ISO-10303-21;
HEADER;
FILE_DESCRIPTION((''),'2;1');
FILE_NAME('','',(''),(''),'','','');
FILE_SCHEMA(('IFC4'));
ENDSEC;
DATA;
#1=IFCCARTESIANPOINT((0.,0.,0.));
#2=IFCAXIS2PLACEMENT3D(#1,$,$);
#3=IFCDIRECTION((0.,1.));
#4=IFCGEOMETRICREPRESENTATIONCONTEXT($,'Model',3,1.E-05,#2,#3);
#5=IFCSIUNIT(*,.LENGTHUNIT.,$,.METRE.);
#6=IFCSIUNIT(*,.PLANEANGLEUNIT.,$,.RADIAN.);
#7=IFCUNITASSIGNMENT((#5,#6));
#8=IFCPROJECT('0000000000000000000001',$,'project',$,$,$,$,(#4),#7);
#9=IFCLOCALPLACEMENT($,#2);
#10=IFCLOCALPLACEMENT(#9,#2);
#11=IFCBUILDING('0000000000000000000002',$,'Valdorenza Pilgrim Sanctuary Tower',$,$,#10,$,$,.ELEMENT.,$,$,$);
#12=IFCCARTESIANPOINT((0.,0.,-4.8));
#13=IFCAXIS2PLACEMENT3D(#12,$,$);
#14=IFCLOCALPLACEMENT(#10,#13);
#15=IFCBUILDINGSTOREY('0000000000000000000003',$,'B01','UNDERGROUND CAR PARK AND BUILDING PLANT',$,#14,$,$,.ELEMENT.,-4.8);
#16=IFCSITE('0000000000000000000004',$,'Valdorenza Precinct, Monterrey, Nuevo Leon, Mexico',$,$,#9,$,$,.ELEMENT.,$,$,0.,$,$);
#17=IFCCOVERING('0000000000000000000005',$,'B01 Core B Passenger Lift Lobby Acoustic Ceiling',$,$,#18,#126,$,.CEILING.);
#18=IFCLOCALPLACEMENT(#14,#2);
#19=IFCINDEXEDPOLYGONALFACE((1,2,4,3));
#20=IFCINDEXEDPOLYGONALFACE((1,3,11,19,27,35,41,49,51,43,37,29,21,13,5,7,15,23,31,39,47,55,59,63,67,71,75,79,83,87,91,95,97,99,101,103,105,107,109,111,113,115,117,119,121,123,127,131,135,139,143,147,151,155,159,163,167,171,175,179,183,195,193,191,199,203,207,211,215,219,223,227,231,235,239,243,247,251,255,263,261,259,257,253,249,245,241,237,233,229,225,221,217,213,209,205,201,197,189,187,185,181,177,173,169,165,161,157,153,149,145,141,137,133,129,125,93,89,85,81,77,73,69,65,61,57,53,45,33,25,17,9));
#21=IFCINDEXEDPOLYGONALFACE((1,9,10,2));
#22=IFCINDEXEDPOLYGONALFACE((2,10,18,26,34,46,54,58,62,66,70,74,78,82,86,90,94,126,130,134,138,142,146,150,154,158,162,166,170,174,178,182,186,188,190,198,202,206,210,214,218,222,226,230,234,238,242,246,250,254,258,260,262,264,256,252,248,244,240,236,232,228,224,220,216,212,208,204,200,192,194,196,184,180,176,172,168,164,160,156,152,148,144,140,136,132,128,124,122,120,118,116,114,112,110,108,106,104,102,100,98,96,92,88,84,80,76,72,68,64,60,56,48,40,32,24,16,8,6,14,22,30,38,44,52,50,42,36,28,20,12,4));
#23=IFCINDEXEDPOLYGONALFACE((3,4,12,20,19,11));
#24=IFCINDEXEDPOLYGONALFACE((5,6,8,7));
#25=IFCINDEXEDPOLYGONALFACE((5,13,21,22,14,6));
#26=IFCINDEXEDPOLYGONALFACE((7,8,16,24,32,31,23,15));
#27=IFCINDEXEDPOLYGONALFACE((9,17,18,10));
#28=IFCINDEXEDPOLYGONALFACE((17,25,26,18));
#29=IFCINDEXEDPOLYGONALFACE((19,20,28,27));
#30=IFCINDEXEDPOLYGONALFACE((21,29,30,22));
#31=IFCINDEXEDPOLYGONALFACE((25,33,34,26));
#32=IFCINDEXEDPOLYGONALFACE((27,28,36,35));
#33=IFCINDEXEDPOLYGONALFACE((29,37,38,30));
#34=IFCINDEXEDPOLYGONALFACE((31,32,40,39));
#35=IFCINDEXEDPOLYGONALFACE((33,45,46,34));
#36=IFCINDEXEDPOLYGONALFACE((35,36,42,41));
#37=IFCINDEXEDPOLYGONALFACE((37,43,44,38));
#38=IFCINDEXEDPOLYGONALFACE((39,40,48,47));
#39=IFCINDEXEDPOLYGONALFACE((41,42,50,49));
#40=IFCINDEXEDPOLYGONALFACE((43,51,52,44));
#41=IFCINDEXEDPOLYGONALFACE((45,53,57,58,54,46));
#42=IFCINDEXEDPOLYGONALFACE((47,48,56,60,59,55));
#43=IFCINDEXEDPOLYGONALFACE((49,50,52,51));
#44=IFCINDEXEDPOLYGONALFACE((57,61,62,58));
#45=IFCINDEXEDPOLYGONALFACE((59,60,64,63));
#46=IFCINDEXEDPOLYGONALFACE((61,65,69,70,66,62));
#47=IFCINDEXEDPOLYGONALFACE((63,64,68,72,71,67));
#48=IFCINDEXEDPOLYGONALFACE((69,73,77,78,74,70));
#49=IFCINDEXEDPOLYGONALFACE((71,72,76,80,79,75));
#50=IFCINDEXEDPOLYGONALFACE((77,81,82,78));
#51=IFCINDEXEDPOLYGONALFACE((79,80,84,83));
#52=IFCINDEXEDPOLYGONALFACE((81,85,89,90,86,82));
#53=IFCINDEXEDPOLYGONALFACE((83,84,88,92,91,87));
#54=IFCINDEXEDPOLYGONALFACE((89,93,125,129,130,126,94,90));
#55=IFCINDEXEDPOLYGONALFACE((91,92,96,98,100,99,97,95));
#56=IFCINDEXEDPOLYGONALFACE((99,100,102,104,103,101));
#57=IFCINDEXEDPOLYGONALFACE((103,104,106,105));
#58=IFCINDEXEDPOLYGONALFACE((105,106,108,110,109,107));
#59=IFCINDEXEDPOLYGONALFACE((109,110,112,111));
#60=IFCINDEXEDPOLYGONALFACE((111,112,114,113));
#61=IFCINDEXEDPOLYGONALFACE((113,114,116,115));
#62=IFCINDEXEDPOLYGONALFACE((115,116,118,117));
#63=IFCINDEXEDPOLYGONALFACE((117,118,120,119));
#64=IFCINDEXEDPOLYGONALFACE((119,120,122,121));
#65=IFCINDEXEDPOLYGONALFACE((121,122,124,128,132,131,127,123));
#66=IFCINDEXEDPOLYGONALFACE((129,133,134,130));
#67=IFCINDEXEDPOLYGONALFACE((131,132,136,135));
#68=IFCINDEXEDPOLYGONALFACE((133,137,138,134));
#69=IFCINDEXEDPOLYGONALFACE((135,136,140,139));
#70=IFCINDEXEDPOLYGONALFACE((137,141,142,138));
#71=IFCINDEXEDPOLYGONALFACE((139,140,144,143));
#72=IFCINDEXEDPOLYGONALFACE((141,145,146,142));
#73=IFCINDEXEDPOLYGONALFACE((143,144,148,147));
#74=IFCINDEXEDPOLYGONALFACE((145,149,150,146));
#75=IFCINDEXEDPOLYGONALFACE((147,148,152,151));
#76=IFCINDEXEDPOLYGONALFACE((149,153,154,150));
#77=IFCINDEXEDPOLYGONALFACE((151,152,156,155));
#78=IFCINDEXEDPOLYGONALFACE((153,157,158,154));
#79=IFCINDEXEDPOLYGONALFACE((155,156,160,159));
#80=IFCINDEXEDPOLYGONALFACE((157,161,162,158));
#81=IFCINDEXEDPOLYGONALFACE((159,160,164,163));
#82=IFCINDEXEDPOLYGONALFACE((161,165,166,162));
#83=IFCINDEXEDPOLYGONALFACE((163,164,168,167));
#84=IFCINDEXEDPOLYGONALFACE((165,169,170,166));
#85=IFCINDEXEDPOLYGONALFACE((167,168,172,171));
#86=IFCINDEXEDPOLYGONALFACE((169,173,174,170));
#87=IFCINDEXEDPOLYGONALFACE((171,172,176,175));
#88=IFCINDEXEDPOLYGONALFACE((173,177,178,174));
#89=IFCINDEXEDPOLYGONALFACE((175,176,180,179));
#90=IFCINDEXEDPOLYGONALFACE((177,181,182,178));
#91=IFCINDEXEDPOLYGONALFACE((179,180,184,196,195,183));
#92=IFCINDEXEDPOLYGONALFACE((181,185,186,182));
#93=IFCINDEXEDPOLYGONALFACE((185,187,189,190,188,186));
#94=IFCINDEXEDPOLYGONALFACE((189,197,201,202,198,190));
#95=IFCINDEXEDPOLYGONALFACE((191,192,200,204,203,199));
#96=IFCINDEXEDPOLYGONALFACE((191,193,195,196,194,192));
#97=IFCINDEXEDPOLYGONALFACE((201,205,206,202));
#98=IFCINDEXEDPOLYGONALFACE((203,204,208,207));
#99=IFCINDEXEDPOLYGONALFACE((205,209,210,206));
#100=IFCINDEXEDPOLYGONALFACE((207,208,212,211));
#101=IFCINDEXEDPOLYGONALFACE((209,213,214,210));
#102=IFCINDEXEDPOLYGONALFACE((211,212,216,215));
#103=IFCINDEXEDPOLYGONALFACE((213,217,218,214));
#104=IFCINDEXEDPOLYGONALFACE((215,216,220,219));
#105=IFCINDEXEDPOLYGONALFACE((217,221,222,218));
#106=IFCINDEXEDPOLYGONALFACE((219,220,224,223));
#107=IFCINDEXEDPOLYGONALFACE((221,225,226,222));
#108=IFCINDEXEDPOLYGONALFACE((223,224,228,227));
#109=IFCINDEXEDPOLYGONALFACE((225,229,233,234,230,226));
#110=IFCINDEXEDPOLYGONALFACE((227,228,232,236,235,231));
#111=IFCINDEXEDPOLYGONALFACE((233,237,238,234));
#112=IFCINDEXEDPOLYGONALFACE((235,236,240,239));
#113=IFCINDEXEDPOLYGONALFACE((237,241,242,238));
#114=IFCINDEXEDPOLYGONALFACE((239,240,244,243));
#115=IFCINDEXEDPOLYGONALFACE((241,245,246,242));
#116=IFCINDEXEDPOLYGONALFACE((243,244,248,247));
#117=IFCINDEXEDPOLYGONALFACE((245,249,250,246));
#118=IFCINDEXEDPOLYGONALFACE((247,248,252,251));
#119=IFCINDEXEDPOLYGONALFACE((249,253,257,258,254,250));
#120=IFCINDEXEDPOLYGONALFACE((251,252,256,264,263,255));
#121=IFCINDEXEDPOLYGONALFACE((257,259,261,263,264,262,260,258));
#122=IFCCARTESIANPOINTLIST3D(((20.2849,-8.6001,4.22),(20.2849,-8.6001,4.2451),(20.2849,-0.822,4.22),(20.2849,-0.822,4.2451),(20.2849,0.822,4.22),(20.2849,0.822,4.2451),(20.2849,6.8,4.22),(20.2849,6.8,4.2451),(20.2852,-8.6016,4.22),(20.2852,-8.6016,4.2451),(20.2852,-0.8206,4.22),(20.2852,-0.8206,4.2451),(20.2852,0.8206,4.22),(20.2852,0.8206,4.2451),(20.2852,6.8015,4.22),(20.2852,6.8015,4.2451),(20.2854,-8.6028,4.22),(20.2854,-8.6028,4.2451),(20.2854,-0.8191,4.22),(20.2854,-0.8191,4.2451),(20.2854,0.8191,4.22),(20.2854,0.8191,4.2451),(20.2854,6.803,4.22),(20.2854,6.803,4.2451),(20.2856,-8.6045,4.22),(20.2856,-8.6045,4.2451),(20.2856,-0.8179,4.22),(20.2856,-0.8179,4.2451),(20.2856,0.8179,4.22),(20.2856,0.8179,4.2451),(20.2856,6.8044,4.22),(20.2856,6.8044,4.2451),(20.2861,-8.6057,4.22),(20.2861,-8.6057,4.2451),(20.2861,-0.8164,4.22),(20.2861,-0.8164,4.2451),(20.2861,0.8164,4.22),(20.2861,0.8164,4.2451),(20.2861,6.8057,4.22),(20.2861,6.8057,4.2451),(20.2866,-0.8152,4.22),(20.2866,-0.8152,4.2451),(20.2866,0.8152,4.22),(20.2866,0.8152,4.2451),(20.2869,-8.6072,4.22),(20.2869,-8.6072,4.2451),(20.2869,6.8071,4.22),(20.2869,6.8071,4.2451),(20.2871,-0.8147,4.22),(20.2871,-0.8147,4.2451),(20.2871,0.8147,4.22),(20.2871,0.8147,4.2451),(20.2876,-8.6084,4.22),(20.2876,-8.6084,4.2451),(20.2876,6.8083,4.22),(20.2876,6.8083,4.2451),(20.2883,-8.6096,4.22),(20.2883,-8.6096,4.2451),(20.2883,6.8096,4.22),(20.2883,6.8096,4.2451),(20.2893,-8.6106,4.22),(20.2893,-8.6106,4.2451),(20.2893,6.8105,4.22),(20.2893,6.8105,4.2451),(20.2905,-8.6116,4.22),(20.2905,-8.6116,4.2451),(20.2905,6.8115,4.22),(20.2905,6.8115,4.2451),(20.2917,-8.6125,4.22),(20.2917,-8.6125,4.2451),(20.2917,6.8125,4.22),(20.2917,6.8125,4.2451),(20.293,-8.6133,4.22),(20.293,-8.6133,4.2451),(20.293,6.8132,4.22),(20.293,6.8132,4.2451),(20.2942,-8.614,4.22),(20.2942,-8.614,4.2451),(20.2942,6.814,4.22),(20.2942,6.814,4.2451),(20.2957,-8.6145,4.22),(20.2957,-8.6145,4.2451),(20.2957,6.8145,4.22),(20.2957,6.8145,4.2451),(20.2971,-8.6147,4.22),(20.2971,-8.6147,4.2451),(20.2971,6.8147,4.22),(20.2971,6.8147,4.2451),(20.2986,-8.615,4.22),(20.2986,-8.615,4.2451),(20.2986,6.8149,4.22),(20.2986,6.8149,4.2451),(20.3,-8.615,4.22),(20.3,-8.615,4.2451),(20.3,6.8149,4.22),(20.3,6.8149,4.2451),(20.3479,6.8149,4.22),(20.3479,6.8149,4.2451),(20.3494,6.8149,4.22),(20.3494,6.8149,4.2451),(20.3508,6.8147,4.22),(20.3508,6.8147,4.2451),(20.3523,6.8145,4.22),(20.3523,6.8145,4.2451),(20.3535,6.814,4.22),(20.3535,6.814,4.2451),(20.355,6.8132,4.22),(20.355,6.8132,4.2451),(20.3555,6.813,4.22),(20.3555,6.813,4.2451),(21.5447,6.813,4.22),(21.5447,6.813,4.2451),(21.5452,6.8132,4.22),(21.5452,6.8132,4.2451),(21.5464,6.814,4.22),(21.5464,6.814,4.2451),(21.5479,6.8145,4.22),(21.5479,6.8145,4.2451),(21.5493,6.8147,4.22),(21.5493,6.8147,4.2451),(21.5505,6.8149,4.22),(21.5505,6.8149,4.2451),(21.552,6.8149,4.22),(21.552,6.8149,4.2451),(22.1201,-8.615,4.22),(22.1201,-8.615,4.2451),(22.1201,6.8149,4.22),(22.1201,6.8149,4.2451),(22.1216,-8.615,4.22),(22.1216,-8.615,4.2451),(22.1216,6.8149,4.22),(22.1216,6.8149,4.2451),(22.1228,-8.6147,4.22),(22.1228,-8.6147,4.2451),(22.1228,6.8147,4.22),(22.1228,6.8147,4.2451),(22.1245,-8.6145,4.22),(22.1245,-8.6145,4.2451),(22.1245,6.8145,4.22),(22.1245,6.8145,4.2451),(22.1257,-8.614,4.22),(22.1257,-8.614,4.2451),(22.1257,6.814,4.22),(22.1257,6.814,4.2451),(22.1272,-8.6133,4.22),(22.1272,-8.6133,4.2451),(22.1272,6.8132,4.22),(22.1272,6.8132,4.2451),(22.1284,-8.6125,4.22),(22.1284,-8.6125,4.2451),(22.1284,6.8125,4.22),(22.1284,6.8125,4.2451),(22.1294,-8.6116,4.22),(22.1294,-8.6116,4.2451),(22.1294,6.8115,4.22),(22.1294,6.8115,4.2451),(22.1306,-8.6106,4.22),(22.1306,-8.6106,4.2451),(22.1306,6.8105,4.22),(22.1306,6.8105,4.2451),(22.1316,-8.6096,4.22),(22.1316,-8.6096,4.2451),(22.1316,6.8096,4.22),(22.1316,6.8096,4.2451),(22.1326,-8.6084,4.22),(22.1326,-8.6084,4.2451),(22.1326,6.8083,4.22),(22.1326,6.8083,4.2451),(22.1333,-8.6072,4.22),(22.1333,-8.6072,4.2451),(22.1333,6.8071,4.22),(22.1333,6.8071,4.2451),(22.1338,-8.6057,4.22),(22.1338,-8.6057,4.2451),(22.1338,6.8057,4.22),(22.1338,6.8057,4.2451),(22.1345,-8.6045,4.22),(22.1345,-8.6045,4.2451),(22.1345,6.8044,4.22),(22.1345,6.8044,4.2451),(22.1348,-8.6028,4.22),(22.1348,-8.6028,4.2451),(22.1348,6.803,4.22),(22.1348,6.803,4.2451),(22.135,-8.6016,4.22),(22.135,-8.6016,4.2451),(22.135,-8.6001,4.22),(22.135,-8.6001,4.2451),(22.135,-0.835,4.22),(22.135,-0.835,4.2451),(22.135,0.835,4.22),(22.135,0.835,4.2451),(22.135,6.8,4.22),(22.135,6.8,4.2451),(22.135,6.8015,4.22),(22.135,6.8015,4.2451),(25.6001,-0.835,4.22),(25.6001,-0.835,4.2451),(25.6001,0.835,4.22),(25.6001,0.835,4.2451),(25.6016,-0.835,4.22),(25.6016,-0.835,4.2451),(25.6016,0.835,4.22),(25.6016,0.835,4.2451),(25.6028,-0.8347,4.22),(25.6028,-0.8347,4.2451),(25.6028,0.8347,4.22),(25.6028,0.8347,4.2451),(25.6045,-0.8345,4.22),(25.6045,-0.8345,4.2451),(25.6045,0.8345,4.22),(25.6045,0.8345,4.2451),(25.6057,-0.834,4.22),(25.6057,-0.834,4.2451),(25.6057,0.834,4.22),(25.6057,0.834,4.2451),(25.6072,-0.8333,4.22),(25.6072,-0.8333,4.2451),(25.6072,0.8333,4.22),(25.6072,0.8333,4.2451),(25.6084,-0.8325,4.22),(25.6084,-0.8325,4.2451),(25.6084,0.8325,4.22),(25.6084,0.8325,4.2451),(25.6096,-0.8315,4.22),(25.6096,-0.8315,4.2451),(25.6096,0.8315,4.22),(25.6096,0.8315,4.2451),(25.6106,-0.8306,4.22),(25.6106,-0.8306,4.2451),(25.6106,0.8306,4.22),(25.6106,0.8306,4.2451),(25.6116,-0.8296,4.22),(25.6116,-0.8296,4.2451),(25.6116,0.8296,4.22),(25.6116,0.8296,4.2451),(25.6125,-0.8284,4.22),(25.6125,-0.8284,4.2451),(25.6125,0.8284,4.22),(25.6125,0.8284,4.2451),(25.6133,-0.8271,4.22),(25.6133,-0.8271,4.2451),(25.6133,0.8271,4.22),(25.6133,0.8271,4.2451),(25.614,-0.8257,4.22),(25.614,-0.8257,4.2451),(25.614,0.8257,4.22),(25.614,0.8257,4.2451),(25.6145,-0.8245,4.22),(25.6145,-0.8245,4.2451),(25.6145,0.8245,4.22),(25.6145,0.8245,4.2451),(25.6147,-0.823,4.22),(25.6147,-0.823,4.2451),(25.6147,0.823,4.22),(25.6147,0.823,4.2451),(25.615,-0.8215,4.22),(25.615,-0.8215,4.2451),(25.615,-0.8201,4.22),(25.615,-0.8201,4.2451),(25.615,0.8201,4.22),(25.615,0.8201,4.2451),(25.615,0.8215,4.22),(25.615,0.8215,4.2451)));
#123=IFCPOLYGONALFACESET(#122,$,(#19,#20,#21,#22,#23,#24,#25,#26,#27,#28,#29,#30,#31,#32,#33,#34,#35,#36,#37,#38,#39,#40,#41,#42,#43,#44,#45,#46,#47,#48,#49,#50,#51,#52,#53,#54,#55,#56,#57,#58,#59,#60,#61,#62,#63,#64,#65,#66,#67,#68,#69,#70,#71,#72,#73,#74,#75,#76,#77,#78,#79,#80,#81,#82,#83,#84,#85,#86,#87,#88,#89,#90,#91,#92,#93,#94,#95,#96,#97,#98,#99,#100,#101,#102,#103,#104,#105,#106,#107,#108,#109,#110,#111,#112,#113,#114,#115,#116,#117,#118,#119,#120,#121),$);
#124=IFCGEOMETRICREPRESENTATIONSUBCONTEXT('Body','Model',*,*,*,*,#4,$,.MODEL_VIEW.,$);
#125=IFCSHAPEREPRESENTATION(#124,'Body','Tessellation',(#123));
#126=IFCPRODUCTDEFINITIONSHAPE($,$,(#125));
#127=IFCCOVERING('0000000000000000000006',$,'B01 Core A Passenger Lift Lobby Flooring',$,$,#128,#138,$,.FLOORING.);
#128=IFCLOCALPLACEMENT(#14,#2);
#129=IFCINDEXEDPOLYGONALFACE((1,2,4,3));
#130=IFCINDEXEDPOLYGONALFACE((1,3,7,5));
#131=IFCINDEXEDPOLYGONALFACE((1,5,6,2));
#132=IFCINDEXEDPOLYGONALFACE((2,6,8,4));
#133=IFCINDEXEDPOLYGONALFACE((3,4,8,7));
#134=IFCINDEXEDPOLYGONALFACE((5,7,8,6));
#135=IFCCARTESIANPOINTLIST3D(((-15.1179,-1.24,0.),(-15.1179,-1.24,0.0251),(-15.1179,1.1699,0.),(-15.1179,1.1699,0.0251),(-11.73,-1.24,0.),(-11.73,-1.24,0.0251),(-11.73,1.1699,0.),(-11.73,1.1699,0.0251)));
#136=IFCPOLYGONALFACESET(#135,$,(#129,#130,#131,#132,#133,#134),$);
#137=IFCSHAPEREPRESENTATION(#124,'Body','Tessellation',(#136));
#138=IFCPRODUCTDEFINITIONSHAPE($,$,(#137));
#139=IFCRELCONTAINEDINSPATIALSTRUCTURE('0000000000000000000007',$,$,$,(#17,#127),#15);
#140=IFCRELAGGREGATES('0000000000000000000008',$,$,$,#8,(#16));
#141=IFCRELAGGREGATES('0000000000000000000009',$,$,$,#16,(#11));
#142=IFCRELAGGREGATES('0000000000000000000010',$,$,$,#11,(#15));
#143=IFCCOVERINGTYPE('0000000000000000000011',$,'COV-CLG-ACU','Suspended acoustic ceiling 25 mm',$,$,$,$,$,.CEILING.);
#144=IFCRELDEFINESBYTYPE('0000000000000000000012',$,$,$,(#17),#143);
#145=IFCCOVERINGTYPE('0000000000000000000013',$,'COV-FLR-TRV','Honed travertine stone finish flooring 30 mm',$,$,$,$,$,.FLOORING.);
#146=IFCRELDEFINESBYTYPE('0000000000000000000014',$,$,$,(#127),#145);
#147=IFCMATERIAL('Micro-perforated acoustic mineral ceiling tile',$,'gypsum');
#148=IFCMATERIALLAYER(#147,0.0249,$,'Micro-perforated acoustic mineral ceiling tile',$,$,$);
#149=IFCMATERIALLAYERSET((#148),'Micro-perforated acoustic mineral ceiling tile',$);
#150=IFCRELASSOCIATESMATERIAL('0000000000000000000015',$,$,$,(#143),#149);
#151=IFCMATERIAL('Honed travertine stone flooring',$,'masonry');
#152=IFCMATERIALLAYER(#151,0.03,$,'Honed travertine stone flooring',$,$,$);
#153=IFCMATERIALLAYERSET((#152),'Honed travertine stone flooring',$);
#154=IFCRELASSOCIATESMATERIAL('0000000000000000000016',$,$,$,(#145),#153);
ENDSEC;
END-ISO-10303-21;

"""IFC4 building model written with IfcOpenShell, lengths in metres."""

from ifc_helpers import new_model, si_unit, direction, frame, origin, place, context, subcontext, project, spatial, polyline, outline, extrude, material, layer, layer_set, type_object, element, save


model = new_model("IFC4")

# Units and contexts
model_context = context("Model", 3, precision=1e-05, world=origin(), true_north=direction((0.0, 1.0)))
body_context = subcontext(model_context, "Body", "Model", "MODEL_VIEW")
ifc_project = project(units=[si_unit("LENGTHUNIT", "METRE"), si_unit("PLANEANGLEUNIT", "RADIAN")], contexts=[model_context])

# Site, building, storey
site_placement = place(None, origin())
site = spatial("IfcSite", under=ifc_project, at=site_placement, Name="Valdorenza Precinct, Monterrey, Nuevo Leon, Mexico", CompositionType="ELEMENT", RefElevation=0.0)
building_placement = place(site_placement, origin())
building = spatial("IfcBuilding", under=site, at=building_placement, Name="Valdorenza Pilgrim Sanctuary Tower", CompositionType="ELEMENT")
storey_placement = place(building_placement, frame((0.0, 0.0, -4.8)))
storey = spatial("IfcBuildingStorey", under=building, at=storey_placement, Name="B01", Description="UNDERGROUND CAR PARK AND BUILDING PLANT", CompositionType="ELEMENT", Elevation=-4.8)

# Coverings
ifc_material_1 = material(Name="Micro-perforated acoustic mineral ceiling tile", Category="gypsum")
ifc_layer_1 = layer(ifc_material_1, 0.0249, Name="Micro-perforated acoustic mineral ceiling tile")
ifc_layer_set_1 = layer_set([ifc_layer_1], Name="Micro-perforated acoustic mineral ceiling tile")
covering_type_1 = type_object("IfcCoveringType", Name="COV-CLG-ACU", Description="Suspended acoustic ceiling 25 mm", PredefinedType="CEILING", material=ifc_layer_set_1)
covering_1_placement = place(storey_placement, frame((0.0, 0.0, 4.22)))
element("IfcCovering", 1, at=covering_1_placement, inside=storey, type_object=covering_type_1, Name="B01 Core B Passenger Lift Lobby Acoustic Ceiling", PredefinedType="CEILING", context=body_context, shape_type="SweptSolid", body=[
    extrude(outline(polyline([(20.2871, -0.8147), (20.2871, 0.8147), (20.2866, 0.8152), (20.2861, 0.8164), (20.2856, 0.8179), (20.2854, 0.8191), (20.2852, 0.8206), (20.2849, 0.822), (20.2849, 6.8), (20.2852, 6.8015), (20.2854, 6.803), (20.2856, 6.8044), (20.2861, 6.8057), (20.2869, 6.8071), (20.2876, 6.8083), (20.2883, 6.8096), (20.2893, 6.8105), (20.2905, 6.8115), (20.2917, 6.8125), (20.293, 6.8132), (20.2942, 6.814), (20.2957, 6.8145), (20.2971, 6.8147), (20.2986, 6.8149), (20.3, 6.8149), (20.3479, 6.8149), (20.3494, 6.8149), (20.3508, 6.8147), (20.3523, 6.8145), (20.3535, 6.814), (20.355, 6.8132), (20.3555, 6.813), (21.5447, 6.813), (21.5452, 6.8132), (21.5464, 6.814), (21.5479, 6.8145), (21.5493, 6.8147), (21.5505, 6.8149), (21.552, 6.8149), (22.1201, 6.8149), (22.1216, 6.8149), (22.1228, 6.8147), (22.1245, 6.8145), (22.1257, 6.814), (22.1272, 6.8132), (22.1284, 6.8125), (22.1294, 6.8115), (22.1306, 6.8105), (22.1316, 6.8096), (22.1326, 6.8083), (22.1333, 6.8071), (22.1338, 6.8057), (22.1345, 6.8044), (22.1348, 6.803), (22.135, 6.8015), (22.135, 6.8), (22.135, 0.835), (25.6001, 0.835), (25.6016, 0.835), (25.6028, 0.8347), (25.6045, 0.8345), (25.6057, 0.834), (25.6072, 0.8333), (25.6084, 0.8325), (25.6096, 0.8315), (25.6106, 0.8306), (25.6116, 0.8296), (25.6125, 0.8284), (25.6133, 0.8271), (25.614, 0.8257), (25.6145, 0.8245), (25.6147, 0.823), (25.615, 0.8215), (25.615, 0.8201), (25.615, -0.8201), (25.615, -0.8215), (25.6147, -0.823), (25.6145, -0.8245), (25.614, -0.8257), (25.6133, -0.8271), (25.6125, -0.8284), (25.6116, -0.8296), (25.6106, -0.8306), (25.6096, -0.8315), (25.6084, -0.8325), (25.6072, -0.8333), (25.6057, -0.834), (25.6045, -0.8345), (25.6028, -0.8347), (25.6016, -0.835), (25.6001, -0.835), (22.135, -0.835), (22.135, -8.6001), (22.135, -8.6016), (22.1348, -8.6028), (22.1345, -8.6045), (22.1338, -8.6057), (22.1333, -8.6072), (22.1326, -8.6084), (22.1316, -8.6096), (22.1306, -8.6106), (22.1294, -8.6116), (22.1284, -8.6125), (22.1272, -8.6133), (22.1257, -8.614), (22.1245, -8.6145), (22.1228, -8.6147), (22.1216, -8.615), (22.1201, -8.615), (20.3, -8.615), (20.2986, -8.615), (20.2971, -8.6147), (20.2957, -8.6145), (20.2942, -8.614), (20.293, -8.6133), (20.2917, -8.6125), (20.2905, -8.6116), (20.2893, -8.6106), (20.2883, -8.6096), (20.2876, -8.6084), (20.2869, -8.6072), (20.2861, -8.6057), (20.2856, -8.6045), (20.2854, -8.6028), (20.2852, -8.6016), (20.2849, -8.6001), (20.2849, -0.822), (20.2852, -0.8206), (20.2854, -0.8191), (20.2856, -0.8179), (20.2861, -0.8164), (20.2866, -0.8152), (20.2871, -0.8147)])), origin(), (0.0, 0.0, 1.0), 0.0251),
])
ifc_material_2 = material(Name="Honed travertine stone flooring", Category="masonry")
ifc_layer_2 = layer(ifc_material_2, 0.03, Name="Honed travertine stone flooring")
ifc_layer_set_2 = layer_set([ifc_layer_2], Name="Honed travertine stone flooring")
covering_type_2 = type_object("IfcCoveringType", Name="COV-FLR-TRV", Description="Honed travertine stone finish flooring 30 mm", PredefinedType="FLOORING", material=ifc_layer_set_2)
covering_2_placement = place(storey_placement, origin())
element("IfcCovering", 2, at=covering_2_placement, inside=storey, type_object=covering_type_2, Name="B01 Core A Passenger Lift Lobby Flooring", PredefinedType="FLOORING", context=body_context, shape_type="SweptSolid", body=[
    extrude(outline(polyline([(-15.1179, 1.1699), (-11.73, 1.1699), (-11.73, -1.24), (-15.1179, -1.24), (-15.1179, 1.1699)])), origin(), (0.0, 0.0, 1.0), 0.0251),
])

save(model, "model.ifc")
